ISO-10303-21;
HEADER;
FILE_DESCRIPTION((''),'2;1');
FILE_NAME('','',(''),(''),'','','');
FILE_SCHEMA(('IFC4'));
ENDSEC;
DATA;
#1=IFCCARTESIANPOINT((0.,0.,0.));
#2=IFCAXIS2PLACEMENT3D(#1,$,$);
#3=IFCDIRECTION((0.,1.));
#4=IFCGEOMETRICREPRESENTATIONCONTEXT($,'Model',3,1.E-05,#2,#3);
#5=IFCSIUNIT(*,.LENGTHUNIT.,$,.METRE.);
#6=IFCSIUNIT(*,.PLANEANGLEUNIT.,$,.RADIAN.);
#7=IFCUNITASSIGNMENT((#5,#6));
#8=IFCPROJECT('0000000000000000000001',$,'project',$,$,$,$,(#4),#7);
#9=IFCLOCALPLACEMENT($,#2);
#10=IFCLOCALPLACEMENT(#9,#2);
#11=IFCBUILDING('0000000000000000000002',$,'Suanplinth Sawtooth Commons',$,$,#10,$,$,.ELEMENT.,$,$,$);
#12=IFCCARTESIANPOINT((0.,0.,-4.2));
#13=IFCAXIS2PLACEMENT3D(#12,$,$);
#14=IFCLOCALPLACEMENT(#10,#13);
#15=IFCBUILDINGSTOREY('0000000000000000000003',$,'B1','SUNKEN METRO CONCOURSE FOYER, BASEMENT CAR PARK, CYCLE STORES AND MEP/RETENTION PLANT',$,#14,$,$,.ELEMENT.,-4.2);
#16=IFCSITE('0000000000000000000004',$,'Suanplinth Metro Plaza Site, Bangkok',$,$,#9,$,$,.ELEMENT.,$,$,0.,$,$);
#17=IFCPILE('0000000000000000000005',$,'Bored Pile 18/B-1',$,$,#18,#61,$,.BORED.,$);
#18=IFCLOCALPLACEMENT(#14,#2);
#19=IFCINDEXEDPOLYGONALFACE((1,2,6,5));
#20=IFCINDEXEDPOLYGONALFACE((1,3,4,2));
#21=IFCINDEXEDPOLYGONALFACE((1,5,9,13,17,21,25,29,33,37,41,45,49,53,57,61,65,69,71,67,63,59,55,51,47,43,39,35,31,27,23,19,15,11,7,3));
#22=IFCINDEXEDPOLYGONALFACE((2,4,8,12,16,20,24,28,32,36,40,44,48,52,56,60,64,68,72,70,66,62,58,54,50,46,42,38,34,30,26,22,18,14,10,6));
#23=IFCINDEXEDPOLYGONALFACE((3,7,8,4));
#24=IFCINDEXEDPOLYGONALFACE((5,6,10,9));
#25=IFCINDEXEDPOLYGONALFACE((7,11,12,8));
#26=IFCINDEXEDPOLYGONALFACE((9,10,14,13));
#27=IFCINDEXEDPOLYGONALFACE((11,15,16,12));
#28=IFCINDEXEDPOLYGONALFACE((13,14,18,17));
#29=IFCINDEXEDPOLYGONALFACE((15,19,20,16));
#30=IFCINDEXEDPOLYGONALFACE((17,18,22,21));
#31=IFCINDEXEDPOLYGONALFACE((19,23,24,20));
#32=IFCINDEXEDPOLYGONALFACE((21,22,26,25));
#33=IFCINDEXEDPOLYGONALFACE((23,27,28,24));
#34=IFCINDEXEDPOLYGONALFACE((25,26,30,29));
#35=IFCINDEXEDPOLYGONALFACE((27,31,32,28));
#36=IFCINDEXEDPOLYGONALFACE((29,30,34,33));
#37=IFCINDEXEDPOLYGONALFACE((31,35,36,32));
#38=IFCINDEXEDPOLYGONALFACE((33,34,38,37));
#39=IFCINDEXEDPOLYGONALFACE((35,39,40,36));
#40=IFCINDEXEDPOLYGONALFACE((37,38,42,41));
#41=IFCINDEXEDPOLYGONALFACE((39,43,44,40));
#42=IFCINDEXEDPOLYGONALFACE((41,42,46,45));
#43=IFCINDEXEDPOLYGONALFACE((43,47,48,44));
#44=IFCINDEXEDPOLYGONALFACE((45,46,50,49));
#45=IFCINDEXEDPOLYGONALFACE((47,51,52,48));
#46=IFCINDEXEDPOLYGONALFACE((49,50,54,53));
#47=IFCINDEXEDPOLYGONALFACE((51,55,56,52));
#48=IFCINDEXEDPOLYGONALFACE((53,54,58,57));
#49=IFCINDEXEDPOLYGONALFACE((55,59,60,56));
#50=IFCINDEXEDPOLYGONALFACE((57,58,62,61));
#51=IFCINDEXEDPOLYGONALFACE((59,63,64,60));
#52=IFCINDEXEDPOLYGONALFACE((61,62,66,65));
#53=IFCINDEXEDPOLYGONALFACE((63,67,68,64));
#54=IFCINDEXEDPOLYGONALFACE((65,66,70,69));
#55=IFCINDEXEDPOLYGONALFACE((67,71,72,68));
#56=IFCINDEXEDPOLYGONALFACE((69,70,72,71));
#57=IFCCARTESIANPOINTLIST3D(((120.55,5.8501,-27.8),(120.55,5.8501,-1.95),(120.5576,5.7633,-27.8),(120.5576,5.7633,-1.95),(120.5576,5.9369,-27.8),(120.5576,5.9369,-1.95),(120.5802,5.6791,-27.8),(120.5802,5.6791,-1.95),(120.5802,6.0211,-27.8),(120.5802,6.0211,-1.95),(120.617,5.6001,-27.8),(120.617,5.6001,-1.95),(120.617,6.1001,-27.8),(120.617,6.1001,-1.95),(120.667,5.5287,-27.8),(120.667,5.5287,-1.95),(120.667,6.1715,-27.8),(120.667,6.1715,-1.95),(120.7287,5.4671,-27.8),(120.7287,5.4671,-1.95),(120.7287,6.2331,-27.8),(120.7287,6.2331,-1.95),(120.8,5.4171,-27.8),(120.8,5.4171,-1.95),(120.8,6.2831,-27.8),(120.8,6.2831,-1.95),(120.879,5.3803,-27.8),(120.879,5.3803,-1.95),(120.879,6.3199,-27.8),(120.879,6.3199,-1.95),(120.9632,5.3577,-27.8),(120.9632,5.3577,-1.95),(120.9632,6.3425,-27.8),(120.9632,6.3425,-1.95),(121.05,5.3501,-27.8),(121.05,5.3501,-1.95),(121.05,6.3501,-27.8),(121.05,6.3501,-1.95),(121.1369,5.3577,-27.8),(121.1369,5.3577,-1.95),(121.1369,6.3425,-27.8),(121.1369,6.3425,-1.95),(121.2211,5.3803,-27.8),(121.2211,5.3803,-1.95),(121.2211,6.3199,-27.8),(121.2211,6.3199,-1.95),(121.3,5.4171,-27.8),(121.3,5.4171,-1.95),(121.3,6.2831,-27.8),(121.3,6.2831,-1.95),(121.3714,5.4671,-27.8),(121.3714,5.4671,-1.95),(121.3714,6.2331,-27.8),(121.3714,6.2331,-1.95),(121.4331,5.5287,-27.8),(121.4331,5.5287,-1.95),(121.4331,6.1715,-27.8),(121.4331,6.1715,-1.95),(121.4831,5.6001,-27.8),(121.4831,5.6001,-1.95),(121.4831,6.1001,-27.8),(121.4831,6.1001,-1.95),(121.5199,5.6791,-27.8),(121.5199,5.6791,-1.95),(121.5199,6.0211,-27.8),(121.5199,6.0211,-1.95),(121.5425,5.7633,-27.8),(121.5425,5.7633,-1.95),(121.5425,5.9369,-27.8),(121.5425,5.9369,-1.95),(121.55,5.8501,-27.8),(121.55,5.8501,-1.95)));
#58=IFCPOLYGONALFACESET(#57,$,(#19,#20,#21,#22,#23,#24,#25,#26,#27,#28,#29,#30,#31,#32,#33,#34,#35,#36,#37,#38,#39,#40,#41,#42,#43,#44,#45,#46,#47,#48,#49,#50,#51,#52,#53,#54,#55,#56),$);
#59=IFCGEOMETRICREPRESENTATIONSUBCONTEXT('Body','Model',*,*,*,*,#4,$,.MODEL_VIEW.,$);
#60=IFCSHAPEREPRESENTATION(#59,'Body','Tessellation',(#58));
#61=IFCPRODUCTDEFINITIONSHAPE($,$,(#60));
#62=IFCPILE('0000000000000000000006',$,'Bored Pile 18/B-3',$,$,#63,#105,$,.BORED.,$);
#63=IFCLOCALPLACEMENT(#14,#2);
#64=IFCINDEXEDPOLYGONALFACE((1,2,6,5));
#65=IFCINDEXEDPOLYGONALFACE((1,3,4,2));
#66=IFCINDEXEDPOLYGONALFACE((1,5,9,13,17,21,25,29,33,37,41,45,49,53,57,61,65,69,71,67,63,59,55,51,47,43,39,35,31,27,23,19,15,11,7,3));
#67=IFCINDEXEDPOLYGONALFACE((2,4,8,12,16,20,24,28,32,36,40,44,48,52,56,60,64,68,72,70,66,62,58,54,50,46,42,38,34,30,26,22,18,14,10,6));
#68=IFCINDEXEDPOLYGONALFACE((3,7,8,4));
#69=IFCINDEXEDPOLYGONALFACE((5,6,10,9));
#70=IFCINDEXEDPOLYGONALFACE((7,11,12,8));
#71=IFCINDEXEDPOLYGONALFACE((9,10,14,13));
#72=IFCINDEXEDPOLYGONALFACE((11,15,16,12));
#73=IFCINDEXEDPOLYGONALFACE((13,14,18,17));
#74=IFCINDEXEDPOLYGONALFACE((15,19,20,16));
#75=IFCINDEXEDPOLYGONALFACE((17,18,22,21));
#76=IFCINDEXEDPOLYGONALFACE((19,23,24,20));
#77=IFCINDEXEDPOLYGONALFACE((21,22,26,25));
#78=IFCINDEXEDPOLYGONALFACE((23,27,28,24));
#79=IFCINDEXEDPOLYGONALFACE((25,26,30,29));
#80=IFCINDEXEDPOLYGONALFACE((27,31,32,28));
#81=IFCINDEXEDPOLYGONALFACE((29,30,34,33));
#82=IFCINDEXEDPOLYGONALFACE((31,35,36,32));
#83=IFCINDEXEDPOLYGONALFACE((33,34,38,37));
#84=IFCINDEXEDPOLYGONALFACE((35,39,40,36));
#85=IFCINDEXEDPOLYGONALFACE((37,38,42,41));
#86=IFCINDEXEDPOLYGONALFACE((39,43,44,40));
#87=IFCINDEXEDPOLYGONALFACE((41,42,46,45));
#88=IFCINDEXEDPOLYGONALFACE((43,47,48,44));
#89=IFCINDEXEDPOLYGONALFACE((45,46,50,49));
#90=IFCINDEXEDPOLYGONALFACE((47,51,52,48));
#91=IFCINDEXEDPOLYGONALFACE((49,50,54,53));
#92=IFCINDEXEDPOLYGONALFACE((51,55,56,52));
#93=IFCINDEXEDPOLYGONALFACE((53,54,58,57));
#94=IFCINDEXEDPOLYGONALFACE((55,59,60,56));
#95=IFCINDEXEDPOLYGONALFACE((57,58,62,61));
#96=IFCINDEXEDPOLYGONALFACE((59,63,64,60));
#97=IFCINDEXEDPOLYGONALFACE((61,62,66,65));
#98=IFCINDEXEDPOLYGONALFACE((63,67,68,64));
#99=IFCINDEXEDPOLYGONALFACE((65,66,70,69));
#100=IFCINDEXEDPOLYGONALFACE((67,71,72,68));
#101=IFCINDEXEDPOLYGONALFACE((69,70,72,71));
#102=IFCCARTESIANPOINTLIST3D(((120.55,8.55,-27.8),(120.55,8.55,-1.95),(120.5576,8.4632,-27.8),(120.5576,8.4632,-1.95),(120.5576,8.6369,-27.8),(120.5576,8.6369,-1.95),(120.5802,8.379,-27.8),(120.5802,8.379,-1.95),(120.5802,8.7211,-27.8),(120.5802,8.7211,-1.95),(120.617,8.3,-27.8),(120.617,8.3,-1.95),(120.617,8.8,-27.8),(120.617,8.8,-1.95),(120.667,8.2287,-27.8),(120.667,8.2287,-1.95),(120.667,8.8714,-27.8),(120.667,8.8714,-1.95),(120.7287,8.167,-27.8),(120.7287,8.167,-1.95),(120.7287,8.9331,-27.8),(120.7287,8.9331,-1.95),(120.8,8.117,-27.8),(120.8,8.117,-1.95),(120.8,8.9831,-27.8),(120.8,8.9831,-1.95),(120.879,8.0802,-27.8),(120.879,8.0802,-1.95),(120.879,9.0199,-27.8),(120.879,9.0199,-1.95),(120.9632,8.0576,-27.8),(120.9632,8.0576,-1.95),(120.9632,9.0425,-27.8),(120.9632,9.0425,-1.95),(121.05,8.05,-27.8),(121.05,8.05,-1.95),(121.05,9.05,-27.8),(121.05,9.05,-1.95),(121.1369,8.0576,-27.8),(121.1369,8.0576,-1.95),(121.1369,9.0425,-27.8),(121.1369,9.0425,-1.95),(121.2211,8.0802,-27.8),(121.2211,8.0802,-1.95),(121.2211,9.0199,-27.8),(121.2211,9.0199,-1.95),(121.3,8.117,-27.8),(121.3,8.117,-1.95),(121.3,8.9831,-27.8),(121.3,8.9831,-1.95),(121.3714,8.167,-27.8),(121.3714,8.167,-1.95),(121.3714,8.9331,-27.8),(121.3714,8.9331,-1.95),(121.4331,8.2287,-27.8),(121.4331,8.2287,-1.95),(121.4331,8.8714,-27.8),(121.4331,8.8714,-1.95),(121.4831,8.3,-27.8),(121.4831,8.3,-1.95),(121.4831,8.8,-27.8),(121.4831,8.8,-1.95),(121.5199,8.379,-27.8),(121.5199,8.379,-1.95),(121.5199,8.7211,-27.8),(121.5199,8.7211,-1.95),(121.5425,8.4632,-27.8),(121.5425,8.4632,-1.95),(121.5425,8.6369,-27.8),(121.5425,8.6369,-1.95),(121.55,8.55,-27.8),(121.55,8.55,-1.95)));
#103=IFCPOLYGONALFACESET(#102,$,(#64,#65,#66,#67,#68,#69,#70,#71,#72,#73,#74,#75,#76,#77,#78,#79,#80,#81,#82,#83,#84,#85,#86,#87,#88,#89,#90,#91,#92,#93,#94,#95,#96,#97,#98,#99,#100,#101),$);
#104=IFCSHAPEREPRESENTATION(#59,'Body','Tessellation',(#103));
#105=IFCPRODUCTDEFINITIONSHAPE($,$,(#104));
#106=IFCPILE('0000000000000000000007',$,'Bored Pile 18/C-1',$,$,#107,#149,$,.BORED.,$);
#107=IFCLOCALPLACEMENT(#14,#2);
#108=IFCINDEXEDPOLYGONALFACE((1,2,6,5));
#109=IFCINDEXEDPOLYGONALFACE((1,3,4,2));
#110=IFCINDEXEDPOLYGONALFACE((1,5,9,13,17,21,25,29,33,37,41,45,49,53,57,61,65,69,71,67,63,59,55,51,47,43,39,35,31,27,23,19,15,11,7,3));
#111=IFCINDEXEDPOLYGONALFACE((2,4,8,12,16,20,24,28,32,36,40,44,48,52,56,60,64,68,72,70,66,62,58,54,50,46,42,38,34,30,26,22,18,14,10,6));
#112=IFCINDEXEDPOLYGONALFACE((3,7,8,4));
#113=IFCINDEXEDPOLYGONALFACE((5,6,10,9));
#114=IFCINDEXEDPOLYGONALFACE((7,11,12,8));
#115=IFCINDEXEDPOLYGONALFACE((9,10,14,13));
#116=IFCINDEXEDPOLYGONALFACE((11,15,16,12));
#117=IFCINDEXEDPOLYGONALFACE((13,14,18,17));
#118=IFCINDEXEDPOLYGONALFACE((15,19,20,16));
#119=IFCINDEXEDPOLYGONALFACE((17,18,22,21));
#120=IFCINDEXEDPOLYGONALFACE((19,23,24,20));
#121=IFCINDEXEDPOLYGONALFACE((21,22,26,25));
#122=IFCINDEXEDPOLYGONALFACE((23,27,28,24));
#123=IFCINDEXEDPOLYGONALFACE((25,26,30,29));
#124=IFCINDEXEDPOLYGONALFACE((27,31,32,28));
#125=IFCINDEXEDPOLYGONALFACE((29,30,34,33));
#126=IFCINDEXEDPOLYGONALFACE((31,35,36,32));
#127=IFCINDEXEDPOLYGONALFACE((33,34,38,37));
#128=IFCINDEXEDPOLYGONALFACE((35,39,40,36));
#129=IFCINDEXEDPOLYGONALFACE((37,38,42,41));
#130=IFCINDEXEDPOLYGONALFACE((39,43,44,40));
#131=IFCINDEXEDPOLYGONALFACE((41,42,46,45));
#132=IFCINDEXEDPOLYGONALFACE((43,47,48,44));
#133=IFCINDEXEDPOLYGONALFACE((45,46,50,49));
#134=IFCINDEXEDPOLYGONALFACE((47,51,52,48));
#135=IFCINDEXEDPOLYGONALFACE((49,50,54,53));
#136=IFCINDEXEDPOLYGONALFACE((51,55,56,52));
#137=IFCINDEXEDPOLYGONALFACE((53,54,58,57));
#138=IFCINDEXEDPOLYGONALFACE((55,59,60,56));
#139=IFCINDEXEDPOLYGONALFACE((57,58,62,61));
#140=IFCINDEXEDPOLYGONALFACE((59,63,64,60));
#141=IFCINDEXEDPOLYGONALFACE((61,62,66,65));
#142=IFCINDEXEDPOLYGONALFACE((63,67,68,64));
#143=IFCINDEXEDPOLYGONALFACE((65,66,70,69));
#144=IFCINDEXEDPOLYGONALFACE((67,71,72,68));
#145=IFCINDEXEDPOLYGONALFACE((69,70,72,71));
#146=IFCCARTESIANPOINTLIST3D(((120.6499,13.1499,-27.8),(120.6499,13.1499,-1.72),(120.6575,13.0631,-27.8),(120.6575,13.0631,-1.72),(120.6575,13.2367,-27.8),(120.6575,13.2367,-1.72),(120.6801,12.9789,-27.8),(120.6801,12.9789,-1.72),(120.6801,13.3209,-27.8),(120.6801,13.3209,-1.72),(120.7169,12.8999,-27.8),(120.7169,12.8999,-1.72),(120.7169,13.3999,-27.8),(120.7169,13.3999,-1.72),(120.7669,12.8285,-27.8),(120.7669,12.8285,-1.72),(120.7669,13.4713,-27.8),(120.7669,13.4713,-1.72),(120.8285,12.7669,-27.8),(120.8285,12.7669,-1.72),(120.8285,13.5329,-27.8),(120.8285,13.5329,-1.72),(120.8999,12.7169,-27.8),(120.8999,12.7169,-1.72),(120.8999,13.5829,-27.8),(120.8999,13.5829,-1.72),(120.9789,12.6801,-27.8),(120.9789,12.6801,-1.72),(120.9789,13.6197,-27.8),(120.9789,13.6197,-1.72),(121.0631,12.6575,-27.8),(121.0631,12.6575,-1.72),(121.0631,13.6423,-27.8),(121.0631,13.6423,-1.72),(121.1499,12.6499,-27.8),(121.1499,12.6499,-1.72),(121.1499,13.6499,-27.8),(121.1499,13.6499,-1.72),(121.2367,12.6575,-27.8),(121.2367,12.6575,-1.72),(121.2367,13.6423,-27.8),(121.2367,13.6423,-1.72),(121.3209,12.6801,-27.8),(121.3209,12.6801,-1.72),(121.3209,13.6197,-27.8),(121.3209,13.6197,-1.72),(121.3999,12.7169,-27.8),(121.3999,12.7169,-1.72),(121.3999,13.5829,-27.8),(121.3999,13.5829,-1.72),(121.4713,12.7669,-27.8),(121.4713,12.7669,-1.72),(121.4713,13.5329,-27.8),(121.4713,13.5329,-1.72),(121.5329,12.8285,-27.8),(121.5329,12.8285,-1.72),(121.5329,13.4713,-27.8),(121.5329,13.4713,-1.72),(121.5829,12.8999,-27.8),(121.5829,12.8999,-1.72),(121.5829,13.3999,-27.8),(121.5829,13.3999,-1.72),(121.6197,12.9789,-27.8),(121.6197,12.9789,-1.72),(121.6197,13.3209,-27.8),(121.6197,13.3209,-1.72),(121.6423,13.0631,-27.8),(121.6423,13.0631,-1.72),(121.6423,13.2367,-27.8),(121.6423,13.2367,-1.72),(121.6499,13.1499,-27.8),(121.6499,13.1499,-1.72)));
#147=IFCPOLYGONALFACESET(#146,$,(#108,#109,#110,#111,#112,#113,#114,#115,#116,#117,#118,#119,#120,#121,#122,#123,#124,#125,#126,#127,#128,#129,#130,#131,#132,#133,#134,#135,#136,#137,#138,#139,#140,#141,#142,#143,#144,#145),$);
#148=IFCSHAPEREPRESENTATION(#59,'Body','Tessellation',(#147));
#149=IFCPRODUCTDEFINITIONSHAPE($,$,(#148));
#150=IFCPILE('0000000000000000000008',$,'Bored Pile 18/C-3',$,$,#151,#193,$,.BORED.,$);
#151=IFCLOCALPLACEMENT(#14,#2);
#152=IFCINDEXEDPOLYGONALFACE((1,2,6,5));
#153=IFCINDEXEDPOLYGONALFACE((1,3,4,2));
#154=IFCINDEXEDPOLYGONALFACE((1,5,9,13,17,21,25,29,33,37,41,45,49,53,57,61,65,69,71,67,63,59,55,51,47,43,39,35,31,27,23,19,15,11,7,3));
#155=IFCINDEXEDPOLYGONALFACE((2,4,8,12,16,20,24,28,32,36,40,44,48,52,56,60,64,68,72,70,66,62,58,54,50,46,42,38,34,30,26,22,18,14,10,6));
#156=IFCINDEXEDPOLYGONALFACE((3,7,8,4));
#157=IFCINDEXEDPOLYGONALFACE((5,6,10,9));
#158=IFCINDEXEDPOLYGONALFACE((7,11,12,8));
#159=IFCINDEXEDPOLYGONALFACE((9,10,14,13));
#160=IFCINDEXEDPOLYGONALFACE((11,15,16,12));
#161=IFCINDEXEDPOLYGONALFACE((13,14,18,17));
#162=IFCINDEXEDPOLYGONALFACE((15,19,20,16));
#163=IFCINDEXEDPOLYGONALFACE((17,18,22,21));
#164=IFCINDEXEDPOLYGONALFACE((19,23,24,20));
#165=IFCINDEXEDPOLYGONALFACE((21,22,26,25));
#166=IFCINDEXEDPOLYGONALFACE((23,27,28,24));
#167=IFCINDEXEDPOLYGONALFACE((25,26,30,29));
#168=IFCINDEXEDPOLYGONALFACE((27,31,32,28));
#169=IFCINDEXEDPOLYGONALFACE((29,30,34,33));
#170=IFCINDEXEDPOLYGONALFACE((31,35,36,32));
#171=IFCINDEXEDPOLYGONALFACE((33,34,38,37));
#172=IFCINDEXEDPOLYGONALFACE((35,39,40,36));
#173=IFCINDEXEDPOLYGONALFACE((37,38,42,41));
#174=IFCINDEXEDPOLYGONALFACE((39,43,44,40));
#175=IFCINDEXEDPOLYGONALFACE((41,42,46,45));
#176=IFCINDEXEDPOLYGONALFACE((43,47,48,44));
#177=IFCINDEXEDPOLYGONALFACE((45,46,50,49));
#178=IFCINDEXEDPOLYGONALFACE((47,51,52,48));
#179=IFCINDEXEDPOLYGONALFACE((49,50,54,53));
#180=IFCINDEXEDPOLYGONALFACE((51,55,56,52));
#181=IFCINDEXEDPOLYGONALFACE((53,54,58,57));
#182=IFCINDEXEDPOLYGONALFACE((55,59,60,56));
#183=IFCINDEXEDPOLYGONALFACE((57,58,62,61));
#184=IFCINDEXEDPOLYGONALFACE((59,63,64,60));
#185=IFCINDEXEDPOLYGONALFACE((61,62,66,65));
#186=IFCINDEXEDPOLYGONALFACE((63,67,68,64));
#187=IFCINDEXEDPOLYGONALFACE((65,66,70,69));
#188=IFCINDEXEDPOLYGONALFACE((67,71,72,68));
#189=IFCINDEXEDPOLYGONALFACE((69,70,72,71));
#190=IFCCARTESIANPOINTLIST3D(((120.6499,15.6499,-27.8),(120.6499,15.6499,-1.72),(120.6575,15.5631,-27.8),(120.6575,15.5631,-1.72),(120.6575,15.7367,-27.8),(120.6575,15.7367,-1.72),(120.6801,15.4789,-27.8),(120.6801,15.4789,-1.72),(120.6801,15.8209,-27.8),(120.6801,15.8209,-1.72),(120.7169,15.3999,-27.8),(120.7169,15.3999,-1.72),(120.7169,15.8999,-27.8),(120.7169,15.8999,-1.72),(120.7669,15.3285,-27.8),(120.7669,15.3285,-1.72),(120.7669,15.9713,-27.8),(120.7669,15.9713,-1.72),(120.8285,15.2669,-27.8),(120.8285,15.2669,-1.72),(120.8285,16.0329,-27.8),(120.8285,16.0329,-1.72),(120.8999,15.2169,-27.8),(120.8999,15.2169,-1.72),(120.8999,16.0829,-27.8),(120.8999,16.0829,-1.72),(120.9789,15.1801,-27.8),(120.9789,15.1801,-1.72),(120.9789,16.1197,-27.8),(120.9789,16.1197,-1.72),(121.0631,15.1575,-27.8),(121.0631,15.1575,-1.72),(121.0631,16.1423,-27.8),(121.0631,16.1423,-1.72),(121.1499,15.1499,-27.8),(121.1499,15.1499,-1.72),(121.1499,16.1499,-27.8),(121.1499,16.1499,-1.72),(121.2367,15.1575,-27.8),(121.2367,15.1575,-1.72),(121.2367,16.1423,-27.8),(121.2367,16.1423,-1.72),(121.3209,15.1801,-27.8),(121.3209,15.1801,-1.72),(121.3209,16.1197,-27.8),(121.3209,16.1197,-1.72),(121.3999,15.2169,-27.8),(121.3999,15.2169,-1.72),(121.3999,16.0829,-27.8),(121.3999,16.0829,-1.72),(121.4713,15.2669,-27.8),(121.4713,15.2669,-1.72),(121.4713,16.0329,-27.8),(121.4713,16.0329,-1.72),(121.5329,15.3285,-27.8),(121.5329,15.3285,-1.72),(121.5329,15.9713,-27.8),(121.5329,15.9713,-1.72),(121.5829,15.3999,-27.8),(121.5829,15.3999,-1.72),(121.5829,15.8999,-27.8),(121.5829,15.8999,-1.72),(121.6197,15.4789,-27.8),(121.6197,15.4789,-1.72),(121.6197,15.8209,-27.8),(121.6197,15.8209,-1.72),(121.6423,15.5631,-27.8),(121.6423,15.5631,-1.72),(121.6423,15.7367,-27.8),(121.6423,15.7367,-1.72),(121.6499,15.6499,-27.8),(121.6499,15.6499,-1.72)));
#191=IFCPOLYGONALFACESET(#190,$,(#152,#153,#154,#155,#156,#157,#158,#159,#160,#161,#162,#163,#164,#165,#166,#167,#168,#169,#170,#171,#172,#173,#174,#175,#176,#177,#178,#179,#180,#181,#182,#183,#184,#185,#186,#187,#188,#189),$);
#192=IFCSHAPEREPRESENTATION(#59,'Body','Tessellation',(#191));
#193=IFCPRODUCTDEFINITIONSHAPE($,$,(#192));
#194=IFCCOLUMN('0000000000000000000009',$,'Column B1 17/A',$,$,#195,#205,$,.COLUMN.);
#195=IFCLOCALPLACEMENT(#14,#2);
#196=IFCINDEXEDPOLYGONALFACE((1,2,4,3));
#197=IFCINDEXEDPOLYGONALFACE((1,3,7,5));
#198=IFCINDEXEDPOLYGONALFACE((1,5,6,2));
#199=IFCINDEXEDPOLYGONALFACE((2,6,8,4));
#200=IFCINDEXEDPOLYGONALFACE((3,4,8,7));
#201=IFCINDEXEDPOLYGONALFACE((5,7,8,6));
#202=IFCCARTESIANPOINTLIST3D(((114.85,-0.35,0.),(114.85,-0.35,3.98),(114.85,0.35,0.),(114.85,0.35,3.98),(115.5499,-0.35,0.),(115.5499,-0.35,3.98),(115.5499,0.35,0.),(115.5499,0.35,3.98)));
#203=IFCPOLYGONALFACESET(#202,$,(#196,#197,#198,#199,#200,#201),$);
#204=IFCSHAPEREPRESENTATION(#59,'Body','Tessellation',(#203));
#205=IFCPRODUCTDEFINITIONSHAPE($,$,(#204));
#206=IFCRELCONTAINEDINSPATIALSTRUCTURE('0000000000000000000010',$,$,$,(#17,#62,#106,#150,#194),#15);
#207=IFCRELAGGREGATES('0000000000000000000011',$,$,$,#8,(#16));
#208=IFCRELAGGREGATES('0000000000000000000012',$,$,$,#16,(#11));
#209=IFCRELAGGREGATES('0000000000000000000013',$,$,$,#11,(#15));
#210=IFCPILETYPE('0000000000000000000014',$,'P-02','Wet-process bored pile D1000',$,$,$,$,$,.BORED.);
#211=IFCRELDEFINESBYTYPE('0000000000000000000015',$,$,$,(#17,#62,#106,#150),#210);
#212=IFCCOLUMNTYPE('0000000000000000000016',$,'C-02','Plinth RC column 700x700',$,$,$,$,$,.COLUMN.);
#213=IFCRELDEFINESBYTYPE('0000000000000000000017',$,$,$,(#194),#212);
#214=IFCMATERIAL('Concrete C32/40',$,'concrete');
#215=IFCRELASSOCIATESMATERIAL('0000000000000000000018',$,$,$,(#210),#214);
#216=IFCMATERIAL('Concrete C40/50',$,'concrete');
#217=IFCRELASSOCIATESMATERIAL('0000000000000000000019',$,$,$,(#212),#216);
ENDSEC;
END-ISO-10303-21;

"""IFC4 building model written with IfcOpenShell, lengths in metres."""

from ifc_helpers import new_model, si_unit, direction, frame, origin, origin_2d, place, context, subcontext, project, spatial, rectangle, circle, extrude, material, material_profile, profile_set, type_object, element, save


model = new_model("IFC4")

# Units and contexts
model_context = context("Model", 3, precision=1e-05, world=origin(), true_north=direction((0.0, 1.0)))
body_context = subcontext(model_context, "Body", "Model", "MODEL_VIEW")
ifc_project = project(units=[si_unit("LENGTHUNIT", "METRE"), si_unit("PLANEANGLEUNIT", "RADIAN")], contexts=[model_context])

# Site, building, storey
site_placement = place(None, origin())
site = spatial("IfcSite", under=ifc_project, at=site_placement, Name="Suanplinth Metro Plaza Site, Bangkok", CompositionType="ELEMENT", RefElevation=0.0)
building_placement = place(site_placement, origin())
building = spatial("IfcBuilding", under=site, at=building_placement, Name="Suanplinth Sawtooth Commons", CompositionType="ELEMENT")
storey_placement = place(building_placement, frame((0.0, 0.0, -4.2)))
storey = spatial("IfcBuildingStorey", under=building, at=storey_placement, Name="B1", Description="SUNKEN METRO CONCOURSE FOYER, BASEMENT CAR PARK, CYCLE STORES AND MEP/RETENTION PLANT", CompositionType="ELEMENT", Elevation=-4.2)

# Piles
ifc_material_1 = material(Name="Concrete C32/40", Category="concrete")
ifc_material_profile_1 = material_profile(ifc_material_1, circle(Radius=0.5, at=origin_2d()), Name="PILE D1000")
ifc_profile_set_1 = profile_set([ifc_material_profile_1], Name="Concrete C32/40")
pile_type_1 = type_object("IfcPileType", Name="P-02", Description="Wet-process bored pile D1000", PredefinedType="BORED", material=ifc_profile_set_1)
for number, where, z_axis, x_axis, name in (
    (1, (121.05, 5.8501, -1.95), (0.0, 0.0, -1.0), (1.0, 0.0, 0.0), "Bored Pile 18/B-1"),
    (2, (121.05, 8.55, -1.95), (0.0, 0.0, -1.0), (1.0, 0.0, 0.0), "Bored Pile 18/B-3"),
):
    element("IfcPile", number, at=place(storey_placement, frame(where, z_axis=z_axis, x_axis=x_axis)), inside=storey, type_object=pile_type_1, Name=name, PredefinedType="BORED", context=body_context, shape_type="SweptSolid", body=[
        extrude(circle(Radius=0.5, at=origin_2d()), origin(), (0.0, 0.0, 1.0), 25.8501),
    ])
for number, where, z_axis, x_axis, name in (
    (3, (121.1499, 13.1499, -1.72), (0.0, 0.0, -1.0), (1.0, 0.0, 0.0), "Bored Pile 18/C-1"),
    (4, (121.1499, 15.6499, -1.72), (0.0, 0.0, -1.0), (1.0, 0.0, 0.0), "Bored Pile 18/C-3"),
):
    element("IfcPile", number, at=place(storey_placement, frame(where, z_axis=z_axis, x_axis=x_axis)), inside=storey, type_object=pile_type_1, Name=name, PredefinedType="BORED", context=body_context, shape_type="SweptSolid", body=[
        extrude(circle(Radius=0.5, at=origin_2d()), origin(), (0.0, 0.0, 1.0), 26.0801),
    ])

# Column
ifc_material_2 = material(Name="Concrete C40/50", Category="concrete")
ifc_material_profile_2 = material_profile(ifc_material_2, rectangle(XDim=0.7, YDim=0.7, at=origin_2d()), Name="RC-COL 700x700")
ifc_profile_set_2 = profile_set([ifc_material_profile_2], Name="Concrete C40/50")
column_type_1 = type_object("IfcColumnType", Name="C-02", Description="Plinth RC column 700x700", PredefinedType="COLUMN", material=ifc_profile_set_2)
column_placement = place(storey_placement, frame((115.2, 0.0, 0.0), z_axis=(0.0, 0.0, 1.0), x_axis=(1.0, 0.0, 0.0)))
element("IfcColumn", 5, at=column_placement, inside=storey, type_object=column_type_1, Name="Column B1 17/A", PredefinedType="COLUMN", context=body_context, shape_type="SweptSolid", body=[
    extrude(rectangle(XDim=0.7, YDim=0.7, at=origin_2d()), origin(), (0.0, 0.0, 1.0), 3.98),
])

save(model, "model.ifc")
